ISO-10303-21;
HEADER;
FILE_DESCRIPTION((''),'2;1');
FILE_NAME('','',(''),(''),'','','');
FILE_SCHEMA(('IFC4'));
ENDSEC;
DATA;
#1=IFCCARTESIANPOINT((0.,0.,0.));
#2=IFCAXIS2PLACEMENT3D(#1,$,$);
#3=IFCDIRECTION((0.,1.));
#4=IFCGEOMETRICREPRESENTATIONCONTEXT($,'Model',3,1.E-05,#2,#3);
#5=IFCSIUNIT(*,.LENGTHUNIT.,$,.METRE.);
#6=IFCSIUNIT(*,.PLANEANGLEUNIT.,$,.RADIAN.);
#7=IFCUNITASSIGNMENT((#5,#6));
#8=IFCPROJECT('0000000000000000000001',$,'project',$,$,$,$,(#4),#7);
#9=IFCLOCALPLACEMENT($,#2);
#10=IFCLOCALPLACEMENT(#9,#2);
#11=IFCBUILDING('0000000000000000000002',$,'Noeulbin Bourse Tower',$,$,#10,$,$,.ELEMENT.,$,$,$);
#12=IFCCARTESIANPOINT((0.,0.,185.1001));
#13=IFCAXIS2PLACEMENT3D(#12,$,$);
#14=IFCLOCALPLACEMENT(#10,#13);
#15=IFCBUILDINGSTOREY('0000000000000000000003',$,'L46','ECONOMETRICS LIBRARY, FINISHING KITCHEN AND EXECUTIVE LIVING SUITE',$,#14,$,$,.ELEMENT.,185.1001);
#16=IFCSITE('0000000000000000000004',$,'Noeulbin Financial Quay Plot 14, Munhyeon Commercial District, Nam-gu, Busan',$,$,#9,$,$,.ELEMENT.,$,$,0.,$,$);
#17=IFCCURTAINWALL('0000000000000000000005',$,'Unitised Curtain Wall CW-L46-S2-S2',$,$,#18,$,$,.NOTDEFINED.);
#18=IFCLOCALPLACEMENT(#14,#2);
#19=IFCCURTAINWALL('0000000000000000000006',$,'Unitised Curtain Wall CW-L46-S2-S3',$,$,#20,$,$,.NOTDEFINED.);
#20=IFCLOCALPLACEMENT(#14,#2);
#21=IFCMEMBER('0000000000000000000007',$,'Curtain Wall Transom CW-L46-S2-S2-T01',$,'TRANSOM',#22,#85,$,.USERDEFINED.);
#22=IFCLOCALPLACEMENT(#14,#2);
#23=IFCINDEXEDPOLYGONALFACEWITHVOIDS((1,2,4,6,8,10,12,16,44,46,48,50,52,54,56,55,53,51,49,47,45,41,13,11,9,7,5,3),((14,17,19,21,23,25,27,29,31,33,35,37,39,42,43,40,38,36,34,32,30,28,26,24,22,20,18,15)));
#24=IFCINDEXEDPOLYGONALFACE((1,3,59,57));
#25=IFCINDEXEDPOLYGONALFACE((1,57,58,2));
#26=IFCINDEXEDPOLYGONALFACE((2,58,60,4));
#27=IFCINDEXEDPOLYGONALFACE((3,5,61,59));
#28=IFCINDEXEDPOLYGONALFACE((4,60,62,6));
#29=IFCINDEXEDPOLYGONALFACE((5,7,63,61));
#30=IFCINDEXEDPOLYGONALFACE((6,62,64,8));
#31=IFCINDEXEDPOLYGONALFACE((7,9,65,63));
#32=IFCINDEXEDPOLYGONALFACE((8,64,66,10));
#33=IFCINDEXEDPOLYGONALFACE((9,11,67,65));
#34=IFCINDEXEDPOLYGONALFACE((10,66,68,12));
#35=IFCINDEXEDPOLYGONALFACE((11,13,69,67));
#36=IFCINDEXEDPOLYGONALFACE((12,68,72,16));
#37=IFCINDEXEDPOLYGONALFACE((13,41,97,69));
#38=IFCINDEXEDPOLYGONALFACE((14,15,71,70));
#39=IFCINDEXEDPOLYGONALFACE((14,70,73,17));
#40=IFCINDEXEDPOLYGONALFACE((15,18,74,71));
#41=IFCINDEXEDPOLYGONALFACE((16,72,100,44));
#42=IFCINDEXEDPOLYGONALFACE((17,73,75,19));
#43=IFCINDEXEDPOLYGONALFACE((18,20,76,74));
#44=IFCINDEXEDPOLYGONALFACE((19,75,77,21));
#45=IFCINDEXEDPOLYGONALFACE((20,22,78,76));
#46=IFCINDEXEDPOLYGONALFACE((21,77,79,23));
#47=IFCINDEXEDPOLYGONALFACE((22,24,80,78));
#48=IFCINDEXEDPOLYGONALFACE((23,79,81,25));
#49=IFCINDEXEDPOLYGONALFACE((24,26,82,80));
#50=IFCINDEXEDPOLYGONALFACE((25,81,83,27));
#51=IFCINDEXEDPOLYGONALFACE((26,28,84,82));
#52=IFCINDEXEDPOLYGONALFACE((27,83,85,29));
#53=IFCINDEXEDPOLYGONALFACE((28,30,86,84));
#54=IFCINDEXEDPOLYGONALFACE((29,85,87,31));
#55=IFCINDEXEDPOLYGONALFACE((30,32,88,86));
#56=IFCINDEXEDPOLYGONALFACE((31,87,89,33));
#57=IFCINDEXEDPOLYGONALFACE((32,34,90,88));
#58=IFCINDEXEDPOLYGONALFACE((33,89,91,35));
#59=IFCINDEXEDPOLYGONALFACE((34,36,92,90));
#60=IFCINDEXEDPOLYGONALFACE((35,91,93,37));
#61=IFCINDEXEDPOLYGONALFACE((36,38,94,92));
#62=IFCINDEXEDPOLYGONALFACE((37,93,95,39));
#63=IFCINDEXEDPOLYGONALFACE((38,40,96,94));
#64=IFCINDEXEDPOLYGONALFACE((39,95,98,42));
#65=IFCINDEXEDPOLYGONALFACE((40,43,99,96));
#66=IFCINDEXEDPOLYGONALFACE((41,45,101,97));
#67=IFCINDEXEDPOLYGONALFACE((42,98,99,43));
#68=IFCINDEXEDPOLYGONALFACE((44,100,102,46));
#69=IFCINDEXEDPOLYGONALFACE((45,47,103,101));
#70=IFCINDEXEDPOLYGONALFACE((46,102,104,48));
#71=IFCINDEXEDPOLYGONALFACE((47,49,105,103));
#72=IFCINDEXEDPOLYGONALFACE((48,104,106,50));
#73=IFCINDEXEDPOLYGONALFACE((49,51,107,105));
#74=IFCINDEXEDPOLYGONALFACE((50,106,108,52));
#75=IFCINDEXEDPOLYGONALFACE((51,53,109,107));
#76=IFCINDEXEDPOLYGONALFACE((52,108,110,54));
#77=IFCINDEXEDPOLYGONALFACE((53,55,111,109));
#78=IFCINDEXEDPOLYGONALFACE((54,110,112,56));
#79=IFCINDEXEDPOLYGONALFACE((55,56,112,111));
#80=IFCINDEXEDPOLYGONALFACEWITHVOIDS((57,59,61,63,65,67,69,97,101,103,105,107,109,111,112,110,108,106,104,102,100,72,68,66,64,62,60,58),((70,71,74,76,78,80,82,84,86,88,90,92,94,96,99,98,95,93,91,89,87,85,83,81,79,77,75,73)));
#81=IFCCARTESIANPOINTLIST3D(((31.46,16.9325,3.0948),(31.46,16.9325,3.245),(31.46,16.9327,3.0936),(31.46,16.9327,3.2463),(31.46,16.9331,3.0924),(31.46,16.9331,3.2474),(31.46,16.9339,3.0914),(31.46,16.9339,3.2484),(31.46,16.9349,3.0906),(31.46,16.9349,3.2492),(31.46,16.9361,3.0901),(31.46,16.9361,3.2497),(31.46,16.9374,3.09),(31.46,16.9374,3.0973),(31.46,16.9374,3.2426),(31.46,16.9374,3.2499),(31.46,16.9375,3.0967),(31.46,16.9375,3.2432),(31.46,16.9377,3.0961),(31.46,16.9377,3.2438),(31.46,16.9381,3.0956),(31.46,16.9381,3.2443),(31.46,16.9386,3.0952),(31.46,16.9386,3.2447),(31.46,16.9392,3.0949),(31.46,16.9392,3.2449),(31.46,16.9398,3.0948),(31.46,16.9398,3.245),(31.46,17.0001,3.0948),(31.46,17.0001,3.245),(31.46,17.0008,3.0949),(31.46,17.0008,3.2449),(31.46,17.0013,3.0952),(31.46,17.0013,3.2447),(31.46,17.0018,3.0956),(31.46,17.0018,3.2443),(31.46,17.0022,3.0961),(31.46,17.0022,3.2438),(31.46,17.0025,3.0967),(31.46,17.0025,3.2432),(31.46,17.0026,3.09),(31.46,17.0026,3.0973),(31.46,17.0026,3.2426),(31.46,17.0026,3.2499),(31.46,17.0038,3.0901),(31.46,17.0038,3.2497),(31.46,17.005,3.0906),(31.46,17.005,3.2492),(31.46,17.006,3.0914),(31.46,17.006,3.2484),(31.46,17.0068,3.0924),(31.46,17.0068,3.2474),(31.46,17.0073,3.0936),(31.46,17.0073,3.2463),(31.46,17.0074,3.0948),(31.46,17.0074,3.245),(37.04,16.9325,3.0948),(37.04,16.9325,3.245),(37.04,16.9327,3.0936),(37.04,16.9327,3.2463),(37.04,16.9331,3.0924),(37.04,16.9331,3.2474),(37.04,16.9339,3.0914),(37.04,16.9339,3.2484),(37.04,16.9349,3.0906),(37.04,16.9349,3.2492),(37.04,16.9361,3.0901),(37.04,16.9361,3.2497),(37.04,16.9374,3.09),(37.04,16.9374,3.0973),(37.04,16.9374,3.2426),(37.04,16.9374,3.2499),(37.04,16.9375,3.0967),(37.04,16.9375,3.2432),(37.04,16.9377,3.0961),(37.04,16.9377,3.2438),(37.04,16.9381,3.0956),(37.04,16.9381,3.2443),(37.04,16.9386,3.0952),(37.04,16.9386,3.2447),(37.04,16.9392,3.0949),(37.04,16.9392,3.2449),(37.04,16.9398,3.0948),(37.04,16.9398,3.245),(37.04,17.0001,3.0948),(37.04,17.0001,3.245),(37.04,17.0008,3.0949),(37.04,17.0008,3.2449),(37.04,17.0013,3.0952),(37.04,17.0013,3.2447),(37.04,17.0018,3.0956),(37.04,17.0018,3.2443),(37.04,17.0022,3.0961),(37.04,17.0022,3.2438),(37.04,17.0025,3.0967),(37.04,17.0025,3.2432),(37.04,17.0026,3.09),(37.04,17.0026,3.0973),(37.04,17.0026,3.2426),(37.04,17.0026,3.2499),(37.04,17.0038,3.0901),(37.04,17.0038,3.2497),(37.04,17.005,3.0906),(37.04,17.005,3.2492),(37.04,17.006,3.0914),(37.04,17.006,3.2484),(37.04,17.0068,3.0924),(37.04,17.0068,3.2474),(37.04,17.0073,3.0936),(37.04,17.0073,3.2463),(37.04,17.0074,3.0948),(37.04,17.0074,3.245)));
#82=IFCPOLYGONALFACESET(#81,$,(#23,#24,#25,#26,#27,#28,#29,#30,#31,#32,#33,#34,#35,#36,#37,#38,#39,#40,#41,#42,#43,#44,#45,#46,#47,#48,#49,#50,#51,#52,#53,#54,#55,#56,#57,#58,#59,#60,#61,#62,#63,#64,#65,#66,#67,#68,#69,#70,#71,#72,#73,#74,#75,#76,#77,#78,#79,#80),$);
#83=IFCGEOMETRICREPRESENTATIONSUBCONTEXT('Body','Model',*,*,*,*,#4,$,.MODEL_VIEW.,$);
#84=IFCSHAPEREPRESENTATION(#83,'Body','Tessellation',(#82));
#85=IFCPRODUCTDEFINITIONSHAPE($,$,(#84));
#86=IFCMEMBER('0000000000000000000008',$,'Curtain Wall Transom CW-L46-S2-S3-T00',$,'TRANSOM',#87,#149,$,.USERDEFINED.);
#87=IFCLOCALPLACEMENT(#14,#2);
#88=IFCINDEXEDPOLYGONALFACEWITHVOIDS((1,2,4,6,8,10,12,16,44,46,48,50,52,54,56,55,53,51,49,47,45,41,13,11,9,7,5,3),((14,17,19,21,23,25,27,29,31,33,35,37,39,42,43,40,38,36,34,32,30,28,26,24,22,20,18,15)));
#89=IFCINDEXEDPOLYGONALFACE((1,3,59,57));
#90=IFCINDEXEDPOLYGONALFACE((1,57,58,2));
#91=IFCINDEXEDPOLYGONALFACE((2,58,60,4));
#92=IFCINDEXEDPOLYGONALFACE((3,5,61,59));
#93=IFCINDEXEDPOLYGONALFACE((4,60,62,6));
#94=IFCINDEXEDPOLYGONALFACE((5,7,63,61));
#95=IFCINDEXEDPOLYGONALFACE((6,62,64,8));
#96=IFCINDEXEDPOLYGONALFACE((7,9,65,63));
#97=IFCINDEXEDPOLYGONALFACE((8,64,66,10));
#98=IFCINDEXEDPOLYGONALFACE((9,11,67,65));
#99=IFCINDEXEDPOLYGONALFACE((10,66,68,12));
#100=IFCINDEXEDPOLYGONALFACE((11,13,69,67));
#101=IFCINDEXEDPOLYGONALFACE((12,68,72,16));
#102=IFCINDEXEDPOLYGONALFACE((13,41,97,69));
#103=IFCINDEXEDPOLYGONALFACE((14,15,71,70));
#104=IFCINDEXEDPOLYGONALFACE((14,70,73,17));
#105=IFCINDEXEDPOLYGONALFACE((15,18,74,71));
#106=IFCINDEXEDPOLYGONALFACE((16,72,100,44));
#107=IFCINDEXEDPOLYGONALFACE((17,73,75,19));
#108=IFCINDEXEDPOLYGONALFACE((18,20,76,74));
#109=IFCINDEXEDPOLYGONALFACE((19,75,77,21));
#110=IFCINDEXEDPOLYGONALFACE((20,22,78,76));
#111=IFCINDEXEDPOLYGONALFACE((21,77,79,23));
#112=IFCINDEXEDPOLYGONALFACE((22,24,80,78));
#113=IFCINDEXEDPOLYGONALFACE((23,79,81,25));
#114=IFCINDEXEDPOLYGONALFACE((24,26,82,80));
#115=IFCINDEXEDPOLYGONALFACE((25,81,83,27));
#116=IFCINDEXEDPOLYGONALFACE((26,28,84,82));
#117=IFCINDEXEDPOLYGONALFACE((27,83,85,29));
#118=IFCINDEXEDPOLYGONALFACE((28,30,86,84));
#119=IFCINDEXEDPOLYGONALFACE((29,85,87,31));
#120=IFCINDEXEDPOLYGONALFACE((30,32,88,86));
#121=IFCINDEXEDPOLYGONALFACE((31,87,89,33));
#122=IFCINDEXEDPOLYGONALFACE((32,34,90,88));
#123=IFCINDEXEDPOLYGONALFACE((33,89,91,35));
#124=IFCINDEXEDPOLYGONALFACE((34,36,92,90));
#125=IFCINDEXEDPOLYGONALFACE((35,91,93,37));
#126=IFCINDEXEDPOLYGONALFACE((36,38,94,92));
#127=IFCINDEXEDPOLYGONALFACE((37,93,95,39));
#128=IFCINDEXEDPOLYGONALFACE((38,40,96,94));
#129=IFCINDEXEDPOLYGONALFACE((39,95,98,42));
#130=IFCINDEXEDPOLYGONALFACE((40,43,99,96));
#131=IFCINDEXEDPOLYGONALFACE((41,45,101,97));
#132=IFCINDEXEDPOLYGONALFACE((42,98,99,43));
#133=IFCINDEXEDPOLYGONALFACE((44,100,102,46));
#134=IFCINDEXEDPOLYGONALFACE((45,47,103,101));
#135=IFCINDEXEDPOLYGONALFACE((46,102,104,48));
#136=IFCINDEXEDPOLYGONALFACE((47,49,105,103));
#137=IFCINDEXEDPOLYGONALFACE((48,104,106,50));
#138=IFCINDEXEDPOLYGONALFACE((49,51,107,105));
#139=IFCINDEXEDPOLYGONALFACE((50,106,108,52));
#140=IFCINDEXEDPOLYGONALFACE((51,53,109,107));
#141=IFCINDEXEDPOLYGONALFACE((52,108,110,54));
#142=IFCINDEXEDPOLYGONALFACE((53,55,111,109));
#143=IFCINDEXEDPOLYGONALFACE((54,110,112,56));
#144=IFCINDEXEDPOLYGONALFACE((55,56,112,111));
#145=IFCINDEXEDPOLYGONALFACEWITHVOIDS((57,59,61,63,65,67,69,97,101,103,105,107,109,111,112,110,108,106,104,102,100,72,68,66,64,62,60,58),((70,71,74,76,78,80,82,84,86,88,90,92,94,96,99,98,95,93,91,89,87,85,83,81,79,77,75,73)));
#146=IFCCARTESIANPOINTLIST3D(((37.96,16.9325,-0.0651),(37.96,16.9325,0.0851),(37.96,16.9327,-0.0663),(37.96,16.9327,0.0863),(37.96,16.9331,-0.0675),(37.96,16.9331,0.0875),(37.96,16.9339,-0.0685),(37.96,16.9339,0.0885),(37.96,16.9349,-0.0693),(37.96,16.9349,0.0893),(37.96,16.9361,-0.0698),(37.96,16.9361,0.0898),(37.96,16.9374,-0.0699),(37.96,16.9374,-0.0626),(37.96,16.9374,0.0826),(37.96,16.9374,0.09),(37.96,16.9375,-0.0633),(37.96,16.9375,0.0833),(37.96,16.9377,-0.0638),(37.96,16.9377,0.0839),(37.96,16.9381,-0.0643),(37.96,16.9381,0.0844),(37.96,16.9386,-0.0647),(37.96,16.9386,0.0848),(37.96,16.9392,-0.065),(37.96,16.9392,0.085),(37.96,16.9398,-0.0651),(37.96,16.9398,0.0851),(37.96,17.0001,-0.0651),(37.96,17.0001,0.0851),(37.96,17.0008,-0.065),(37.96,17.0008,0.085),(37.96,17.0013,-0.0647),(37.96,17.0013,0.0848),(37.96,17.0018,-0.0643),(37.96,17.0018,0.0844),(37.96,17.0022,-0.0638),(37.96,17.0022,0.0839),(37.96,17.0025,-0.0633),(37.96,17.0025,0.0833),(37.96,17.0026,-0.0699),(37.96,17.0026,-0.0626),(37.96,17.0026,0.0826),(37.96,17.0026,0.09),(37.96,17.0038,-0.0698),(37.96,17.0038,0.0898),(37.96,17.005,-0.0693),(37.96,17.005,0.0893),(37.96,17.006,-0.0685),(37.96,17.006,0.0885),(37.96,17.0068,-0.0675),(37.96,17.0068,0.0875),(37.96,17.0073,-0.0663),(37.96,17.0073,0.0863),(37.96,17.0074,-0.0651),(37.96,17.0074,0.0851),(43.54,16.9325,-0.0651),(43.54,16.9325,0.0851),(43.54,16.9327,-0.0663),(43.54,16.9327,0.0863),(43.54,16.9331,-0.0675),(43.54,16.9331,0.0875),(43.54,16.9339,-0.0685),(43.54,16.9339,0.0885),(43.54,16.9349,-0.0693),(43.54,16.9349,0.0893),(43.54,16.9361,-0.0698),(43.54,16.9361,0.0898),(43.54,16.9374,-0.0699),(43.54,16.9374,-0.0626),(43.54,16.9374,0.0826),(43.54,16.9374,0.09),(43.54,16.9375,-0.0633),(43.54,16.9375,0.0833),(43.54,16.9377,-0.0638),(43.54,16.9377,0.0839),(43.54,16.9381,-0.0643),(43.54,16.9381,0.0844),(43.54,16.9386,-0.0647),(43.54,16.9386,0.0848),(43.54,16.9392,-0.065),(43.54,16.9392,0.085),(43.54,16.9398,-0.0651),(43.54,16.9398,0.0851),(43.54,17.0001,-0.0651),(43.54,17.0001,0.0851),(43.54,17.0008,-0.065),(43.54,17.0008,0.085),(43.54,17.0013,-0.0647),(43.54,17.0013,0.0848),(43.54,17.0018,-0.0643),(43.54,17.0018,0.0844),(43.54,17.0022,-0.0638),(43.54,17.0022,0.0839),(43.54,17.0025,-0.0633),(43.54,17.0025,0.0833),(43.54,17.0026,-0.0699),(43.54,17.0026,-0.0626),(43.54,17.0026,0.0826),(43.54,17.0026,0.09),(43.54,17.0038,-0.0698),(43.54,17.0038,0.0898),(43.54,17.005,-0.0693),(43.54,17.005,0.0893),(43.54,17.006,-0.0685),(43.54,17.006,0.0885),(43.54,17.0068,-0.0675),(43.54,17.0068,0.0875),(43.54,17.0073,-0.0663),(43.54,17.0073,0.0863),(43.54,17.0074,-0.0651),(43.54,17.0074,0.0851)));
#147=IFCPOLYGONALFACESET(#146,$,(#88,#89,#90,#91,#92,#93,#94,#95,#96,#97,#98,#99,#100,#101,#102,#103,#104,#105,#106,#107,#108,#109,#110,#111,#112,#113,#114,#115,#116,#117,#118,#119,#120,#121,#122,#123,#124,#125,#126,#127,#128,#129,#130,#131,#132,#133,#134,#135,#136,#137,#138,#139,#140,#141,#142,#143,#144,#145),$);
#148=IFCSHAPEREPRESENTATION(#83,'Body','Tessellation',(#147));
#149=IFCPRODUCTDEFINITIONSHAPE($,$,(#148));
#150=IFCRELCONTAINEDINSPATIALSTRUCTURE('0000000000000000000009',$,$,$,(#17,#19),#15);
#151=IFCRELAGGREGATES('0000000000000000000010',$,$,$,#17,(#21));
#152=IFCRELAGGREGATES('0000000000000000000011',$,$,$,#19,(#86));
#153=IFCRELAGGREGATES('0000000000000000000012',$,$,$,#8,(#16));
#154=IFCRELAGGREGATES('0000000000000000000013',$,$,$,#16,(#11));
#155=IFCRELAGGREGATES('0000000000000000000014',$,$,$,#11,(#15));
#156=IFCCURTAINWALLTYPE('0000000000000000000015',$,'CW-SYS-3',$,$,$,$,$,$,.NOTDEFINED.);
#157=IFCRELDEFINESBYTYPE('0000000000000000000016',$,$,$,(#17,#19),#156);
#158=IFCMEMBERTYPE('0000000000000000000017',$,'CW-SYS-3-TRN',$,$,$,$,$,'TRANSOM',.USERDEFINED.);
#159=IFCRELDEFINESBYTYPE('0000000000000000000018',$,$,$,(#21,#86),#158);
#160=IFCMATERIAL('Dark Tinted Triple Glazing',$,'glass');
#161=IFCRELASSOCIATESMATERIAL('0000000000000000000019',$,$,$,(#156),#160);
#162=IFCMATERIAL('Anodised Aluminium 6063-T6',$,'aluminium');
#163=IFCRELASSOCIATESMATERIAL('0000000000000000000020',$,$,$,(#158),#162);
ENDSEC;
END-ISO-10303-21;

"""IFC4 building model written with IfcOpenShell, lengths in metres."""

from ifc_helpers import new_model, si_unit, direction, frame, origin, origin_2d, place, context, subcontext, project, spatial, hollow_rectangle, extrude, material, material_profile, profile_set, type_object, element, aggregate, save


model = new_model("IFC4")

# Units and contexts
model_context = context("Model", 3, precision=1e-05, world=origin(), true_north=direction((0.0, 1.0)))
body_context = subcontext(model_context, "Body", "Model", "MODEL_VIEW")
ifc_project = project(units=[si_unit("LENGTHUNIT", "METRE"), si_unit("PLANEANGLEUNIT", "RADIAN")], contexts=[model_context])

# Site, building, storey
site_placement = place(None, origin())
site = spatial("IfcSite", under=ifc_project, at=site_placement, Name="Noeulbin Financial Quay Plot 14, Munhyeon Commercial District, Nam-gu, Busan", CompositionType="ELEMENT", RefElevation=0.0)
building_placement = place(site_placement, origin())
building = spatial("IfcBuilding", under=site, at=building_placement, Name="Noeulbin Bourse Tower", CompositionType="ELEMENT")
storey_placement = place(building_placement, frame((0.0, 0.0, 185.1001)))
storey = spatial("IfcBuildingStorey", under=building, at=storey_placement, Name="L46", Description="ECONOMETRICS LIBRARY, FINISHING KITCHEN AND EXECUTIVE LIVING SUITE", CompositionType="ELEMENT", Elevation=185.1001)

# Shared definitions
ifc_material_1 = material(Name="Dark Tinted Triple Glazing", Category="glass")
curtain_wall_type = type_object("IfcCurtainWallType", Name="CW-SYS-3", PredefinedType="NOTDEFINED", material=ifc_material_1)
ifc_material_2 = material(Name="Anodised Aluminium 6063-T6", Category="aluminium")

# Curtain wall
curtain_wall_1_placement = place(storey_placement, origin())
curtain_wall_1 = element("IfcCurtainWall", 1, at=curtain_wall_1_placement, inside=storey, type_object=curtain_wall_type, Name="Unitised Curtain Wall CW-L46-S2-S2", PredefinedType="NOTDEFINED")

# Curtain wall
curtain_wall_2_placement = place(storey_placement, origin())
curtain_wall_2 = element("IfcCurtainWall", 2, at=curtain_wall_2_placement, inside=storey, type_object=curtain_wall_type, Name="Unitised Curtain Wall CW-L46-S2-S3", PredefinedType="NOTDEFINED")

# Members
ifc_material_profile_1 = material_profile(ifc_material_2, hollow_rectangle(XDim=0.075, YDim=0.1599, WallThickness=0.0049, InnerFilletRadius=0.0024, OuterFilletRadius=0.0049, at=origin_2d()), Name="ALU-TRAN-75x160x5", Category="LoadBearing")
ifc_profile_set_1 = profile_set([ifc_material_profile_1], Name="Anodised Aluminium 6063-T6")
member_type_1 = type_object("IfcMemberType", Name="CW-SYS-3-TRN", ElementType="TRANSOM", PredefinedType="USERDEFINED", material=ifc_profile_set_1)
member_1_placement = place(storey_placement, frame((31.46, 16.97, 3.1699), z_axis=(1.0, 0.0, 0.0), x_axis=(0.0, 1.0, 0.0)))
member_1 = element("IfcMember", 3, at=member_1_placement, type_object=member_type_1, Name="Curtain Wall Transom CW-L46-S2-S2-T01", ObjectType="TRANSOM", PredefinedType="USERDEFINED", context=body_context, shape_type="SweptSolid", body=[
    extrude(hollow_rectangle(XDim=0.075, YDim=0.1599, WallThickness=0.0049, InnerFilletRadius=0.0024, OuterFilletRadius=0.0049, at=origin_2d()), origin(), (0.0, 0.0, 1.0), 5.5801),
])
member_2_placement = place(storey_placement, frame((37.96, 16.97, 0.01), z_axis=(1.0, 0.0, 0.0), x_axis=(0.0, 1.0, 0.0)))
member_2 = element("IfcMember", 4, at=member_2_placement, type_object=member_type_1, Name="Curtain Wall Transom CW-L46-S2-S3-T00", ObjectType="TRANSOM", PredefinedType="USERDEFINED", context=body_context, shape_type="SweptSolid", body=[
    extrude(hollow_rectangle(XDim=0.075, YDim=0.1599, WallThickness=0.0049, InnerFilletRadius=0.0024, OuterFilletRadius=0.0049, at=origin_2d()), origin(), (0.0, 0.0, 1.0), 5.5801),
])

aggregate(curtain_wall_1, [member_1])
aggregate(curtain_wall_2, [member_2])

save(model, "model.ifc")
